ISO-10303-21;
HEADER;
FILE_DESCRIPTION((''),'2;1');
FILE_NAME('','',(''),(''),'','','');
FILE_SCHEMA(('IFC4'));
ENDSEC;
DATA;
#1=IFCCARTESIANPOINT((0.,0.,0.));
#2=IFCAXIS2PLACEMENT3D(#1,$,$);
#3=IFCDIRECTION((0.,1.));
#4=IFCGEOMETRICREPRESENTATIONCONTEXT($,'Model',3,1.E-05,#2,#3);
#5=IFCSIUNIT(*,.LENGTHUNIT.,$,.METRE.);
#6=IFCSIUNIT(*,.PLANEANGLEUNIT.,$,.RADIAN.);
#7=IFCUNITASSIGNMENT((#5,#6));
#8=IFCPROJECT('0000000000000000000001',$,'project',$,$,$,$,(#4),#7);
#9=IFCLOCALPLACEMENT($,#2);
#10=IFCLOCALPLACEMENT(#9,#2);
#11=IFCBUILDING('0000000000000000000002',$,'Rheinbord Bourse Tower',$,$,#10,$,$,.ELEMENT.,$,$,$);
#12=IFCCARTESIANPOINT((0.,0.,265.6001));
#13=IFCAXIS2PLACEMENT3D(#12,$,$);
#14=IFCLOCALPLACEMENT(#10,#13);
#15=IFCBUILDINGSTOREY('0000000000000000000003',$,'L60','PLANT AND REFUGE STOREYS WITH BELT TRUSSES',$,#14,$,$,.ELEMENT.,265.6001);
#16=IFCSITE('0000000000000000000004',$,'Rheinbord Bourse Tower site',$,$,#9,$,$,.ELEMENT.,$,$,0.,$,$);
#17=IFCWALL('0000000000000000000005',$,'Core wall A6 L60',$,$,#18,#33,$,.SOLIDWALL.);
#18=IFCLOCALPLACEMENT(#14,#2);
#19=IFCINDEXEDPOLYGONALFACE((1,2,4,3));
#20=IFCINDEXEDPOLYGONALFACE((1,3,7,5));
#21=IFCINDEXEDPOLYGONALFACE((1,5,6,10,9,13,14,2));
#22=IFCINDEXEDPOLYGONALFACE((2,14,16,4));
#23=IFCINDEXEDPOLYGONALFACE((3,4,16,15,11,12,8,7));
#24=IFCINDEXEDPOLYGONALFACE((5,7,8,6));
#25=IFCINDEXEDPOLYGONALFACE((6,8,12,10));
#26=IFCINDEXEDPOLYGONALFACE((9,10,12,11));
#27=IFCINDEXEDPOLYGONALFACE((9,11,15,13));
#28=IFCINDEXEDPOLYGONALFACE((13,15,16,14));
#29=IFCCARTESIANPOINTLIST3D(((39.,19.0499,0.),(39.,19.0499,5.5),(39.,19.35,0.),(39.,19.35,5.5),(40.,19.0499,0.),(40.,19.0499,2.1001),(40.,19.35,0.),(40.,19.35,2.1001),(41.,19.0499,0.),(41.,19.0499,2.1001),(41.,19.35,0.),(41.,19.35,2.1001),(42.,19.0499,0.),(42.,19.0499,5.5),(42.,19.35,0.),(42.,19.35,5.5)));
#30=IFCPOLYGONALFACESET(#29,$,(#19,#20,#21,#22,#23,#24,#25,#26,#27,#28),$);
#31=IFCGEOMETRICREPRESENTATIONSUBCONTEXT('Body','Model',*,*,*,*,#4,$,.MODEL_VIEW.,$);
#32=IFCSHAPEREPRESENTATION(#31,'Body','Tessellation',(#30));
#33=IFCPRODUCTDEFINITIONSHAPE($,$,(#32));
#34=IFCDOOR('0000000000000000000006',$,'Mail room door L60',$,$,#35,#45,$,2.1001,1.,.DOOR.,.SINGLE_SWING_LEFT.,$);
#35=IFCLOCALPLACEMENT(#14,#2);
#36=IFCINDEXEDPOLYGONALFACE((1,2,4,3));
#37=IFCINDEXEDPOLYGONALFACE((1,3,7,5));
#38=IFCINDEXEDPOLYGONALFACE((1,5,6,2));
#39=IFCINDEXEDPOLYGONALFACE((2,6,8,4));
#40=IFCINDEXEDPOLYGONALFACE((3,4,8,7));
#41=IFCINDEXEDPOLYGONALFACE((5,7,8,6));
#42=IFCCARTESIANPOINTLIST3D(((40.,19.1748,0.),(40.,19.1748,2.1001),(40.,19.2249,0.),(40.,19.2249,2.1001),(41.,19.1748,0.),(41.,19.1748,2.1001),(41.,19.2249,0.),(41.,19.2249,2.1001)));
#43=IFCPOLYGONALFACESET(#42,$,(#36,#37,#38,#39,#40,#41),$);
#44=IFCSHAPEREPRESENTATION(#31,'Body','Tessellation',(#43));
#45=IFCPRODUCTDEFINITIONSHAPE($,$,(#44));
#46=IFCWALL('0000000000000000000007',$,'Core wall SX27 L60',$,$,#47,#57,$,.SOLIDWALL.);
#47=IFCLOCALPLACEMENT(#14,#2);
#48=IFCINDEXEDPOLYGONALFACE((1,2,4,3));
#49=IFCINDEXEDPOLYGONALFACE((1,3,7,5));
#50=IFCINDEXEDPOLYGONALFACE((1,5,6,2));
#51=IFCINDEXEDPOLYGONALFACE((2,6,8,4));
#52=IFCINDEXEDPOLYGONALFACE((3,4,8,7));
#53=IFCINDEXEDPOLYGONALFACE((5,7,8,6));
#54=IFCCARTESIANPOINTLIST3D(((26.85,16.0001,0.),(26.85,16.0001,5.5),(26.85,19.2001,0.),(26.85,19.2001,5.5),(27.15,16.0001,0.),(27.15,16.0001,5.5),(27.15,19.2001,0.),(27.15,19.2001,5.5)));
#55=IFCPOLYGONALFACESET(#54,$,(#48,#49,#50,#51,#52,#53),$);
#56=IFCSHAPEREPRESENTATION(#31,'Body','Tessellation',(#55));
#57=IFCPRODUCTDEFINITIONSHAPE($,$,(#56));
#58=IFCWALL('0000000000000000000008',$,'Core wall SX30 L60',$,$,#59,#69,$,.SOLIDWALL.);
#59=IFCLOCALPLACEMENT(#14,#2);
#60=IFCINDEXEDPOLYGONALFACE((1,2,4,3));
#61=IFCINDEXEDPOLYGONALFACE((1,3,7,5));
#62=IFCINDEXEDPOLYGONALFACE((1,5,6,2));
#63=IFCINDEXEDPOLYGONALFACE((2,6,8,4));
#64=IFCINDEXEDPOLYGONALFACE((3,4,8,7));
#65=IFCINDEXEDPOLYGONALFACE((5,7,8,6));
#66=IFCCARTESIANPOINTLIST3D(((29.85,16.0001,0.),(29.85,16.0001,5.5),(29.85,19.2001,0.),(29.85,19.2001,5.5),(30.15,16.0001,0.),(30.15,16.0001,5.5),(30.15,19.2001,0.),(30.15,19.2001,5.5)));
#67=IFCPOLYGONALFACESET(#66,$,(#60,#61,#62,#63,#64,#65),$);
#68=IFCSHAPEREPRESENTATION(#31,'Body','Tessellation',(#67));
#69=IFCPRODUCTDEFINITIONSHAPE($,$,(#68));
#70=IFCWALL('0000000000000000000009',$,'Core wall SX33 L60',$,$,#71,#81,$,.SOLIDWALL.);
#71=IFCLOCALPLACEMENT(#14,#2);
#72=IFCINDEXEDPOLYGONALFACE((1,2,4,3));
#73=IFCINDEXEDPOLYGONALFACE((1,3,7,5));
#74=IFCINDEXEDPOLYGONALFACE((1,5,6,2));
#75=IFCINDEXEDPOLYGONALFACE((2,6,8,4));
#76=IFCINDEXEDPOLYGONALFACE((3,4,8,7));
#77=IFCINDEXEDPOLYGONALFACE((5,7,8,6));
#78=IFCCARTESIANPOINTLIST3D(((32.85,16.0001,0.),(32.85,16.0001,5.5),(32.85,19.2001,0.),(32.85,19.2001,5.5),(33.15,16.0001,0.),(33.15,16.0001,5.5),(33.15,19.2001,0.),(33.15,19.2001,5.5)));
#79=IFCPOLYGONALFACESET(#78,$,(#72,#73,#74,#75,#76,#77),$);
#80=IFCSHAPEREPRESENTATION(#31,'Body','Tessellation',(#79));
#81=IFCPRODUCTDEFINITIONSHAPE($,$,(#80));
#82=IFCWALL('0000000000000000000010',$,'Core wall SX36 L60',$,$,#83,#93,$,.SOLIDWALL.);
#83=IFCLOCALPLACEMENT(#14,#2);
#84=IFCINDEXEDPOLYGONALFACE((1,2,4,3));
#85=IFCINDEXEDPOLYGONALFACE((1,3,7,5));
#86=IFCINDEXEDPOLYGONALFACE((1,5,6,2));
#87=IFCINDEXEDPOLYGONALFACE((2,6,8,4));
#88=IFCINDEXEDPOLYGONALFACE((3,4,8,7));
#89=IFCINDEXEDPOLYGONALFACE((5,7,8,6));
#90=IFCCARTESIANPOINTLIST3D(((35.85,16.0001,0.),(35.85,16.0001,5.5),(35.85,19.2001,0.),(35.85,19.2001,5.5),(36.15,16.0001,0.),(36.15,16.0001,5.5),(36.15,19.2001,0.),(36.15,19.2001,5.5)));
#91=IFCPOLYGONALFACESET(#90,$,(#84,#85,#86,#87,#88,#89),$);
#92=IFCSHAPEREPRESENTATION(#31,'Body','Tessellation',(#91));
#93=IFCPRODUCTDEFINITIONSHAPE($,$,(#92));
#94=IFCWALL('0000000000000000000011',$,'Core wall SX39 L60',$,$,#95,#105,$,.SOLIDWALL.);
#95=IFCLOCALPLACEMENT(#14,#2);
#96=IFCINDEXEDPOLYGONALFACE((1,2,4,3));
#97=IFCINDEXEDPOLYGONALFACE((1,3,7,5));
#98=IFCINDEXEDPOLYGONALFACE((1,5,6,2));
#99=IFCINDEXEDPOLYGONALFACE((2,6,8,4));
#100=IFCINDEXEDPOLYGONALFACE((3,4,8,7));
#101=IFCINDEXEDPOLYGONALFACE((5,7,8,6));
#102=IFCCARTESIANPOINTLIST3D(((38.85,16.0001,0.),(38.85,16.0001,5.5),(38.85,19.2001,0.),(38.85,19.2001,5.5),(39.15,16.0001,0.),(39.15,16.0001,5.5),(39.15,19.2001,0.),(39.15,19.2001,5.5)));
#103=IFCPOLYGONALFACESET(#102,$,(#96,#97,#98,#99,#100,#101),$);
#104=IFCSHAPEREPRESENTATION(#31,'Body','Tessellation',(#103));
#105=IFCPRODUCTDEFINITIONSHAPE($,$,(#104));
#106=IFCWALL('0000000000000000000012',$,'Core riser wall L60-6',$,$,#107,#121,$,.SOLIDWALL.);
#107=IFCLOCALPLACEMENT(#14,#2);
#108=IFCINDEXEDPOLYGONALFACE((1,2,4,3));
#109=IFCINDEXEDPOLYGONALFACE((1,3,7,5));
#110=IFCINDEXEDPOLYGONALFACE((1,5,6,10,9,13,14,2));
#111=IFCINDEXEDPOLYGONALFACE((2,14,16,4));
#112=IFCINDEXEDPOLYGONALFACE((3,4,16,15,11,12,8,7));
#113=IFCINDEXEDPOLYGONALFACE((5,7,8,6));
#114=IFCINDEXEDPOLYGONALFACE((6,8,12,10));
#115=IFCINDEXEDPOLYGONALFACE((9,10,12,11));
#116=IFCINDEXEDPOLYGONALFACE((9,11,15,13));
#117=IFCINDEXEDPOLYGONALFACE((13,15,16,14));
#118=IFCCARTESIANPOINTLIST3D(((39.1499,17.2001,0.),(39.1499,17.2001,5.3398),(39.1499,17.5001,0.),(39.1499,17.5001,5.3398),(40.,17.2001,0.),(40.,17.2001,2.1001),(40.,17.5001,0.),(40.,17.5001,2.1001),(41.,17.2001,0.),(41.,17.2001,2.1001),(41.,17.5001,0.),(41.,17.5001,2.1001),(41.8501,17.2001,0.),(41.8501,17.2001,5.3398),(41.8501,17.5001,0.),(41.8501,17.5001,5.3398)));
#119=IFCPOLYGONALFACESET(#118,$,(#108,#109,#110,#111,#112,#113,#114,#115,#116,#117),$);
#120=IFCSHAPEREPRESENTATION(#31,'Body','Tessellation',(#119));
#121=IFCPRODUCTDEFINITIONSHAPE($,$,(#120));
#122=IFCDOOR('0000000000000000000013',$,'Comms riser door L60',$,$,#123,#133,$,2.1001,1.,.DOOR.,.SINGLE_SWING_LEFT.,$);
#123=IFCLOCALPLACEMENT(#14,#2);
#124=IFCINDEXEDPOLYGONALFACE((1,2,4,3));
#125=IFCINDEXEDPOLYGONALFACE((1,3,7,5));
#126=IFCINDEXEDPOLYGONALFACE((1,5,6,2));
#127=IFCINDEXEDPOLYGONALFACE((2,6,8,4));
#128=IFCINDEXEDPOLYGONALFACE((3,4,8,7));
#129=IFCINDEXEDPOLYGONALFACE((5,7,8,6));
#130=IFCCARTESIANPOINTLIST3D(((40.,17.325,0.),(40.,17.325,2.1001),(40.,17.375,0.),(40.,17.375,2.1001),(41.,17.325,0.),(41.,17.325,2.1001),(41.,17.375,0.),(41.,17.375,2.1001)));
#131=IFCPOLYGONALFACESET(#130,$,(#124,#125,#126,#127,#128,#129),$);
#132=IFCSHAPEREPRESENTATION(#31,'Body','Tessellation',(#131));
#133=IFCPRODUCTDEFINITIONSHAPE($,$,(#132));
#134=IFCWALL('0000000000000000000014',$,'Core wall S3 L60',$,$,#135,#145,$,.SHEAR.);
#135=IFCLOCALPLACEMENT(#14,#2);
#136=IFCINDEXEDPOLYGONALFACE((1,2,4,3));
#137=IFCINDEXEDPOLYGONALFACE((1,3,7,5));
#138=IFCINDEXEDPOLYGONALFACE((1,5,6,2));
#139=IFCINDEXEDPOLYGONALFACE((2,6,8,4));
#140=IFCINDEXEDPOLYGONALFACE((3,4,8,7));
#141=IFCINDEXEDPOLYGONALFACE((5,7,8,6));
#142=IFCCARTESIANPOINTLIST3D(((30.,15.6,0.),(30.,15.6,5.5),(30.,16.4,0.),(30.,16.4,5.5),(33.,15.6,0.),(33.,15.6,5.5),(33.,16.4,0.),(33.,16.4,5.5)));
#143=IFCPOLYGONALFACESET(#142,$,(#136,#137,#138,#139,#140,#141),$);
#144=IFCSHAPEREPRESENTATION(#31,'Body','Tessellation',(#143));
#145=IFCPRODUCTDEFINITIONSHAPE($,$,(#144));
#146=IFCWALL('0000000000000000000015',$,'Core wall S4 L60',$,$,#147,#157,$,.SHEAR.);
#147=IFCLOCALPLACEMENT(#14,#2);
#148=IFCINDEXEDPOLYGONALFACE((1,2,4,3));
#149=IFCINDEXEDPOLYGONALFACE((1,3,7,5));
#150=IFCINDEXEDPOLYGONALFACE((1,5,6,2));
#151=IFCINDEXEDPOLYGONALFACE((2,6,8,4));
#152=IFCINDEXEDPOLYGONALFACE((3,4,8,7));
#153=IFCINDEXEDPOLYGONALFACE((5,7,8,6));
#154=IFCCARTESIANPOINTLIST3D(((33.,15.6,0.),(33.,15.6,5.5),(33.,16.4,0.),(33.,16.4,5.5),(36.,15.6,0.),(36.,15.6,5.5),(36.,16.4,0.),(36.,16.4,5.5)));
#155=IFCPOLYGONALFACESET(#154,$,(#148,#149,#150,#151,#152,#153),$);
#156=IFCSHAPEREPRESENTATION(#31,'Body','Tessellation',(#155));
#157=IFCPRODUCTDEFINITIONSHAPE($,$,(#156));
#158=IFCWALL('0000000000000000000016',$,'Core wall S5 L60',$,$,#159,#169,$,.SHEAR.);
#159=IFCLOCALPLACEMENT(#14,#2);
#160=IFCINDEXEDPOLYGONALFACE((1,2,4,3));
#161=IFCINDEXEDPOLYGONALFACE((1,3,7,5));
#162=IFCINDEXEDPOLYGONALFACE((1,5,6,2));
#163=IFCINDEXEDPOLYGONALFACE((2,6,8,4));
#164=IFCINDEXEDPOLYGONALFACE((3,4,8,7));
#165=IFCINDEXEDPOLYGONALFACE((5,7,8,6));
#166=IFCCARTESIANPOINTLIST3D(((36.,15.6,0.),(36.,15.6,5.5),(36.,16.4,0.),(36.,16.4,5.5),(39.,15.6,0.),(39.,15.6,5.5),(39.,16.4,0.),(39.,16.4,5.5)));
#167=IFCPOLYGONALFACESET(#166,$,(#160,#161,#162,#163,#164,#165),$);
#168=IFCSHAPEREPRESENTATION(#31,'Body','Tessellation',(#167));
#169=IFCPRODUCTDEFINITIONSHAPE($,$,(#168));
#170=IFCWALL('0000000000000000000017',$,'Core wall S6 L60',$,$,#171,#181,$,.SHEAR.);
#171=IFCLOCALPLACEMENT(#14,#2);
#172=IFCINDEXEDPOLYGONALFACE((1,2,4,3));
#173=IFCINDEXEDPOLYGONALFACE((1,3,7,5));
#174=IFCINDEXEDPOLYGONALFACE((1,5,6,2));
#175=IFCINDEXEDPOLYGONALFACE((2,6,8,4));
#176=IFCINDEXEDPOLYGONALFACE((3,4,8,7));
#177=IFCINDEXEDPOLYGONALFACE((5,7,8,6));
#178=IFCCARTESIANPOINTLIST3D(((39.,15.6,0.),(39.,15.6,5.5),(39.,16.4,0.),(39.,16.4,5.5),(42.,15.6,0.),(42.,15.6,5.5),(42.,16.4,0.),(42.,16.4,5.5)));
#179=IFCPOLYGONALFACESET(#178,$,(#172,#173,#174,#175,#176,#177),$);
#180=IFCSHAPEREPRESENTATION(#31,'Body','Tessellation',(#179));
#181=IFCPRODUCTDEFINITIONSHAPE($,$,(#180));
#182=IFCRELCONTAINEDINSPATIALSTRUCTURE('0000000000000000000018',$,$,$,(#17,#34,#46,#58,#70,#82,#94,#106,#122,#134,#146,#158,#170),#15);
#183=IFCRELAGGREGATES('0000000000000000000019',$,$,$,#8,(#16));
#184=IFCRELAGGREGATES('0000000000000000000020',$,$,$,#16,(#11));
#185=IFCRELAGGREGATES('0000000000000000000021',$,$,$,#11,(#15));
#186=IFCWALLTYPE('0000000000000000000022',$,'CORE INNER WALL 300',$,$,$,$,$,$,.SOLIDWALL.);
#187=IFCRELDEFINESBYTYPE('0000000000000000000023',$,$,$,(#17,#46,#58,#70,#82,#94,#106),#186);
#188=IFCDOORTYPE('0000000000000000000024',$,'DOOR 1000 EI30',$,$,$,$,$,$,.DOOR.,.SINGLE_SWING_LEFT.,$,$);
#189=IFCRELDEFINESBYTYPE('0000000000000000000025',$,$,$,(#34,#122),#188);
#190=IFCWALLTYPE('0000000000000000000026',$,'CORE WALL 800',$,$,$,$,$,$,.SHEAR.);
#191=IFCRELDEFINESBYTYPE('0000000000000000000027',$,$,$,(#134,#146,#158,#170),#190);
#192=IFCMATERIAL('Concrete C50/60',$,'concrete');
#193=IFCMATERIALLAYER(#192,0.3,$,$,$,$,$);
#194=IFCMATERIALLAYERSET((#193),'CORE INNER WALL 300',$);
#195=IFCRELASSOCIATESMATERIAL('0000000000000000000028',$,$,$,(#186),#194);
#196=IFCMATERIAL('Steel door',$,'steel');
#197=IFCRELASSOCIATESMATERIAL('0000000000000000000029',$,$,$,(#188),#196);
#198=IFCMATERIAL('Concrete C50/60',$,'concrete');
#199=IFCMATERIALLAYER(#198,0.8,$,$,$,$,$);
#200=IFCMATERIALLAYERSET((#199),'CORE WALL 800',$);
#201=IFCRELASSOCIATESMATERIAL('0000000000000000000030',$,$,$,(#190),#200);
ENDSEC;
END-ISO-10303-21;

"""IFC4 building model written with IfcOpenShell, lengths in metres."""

from ifc_helpers import new_model, si_unit, direction, frame, frame_2d, origin, place, context, subcontext, project, spatial, rectangle, extrude, material, layer, layer_set, type_object, element, fill, save


model = new_model("IFC4")

# Units and contexts
model_context = context("Model", 3, precision=1e-05, world=origin(), true_north=direction((0.0, 1.0)))
body_context = subcontext(model_context, "Body", "Model", "MODEL_VIEW")
ifc_project = project(units=[si_unit("LENGTHUNIT", "METRE"), si_unit("PLANEANGLEUNIT", "RADIAN")], contexts=[model_context])

# Site, building, storey
site_placement = place(None, origin())
site = spatial("IfcSite", under=ifc_project, at=site_placement, Name="Rheinbord Bourse Tower site", CompositionType="ELEMENT", RefElevation=0.0)
building_placement = place(site_placement, origin())
building = spatial("IfcBuilding", under=site, at=building_placement, Name="Rheinbord Bourse Tower", CompositionType="ELEMENT")
storey_placement = place(building_placement, frame((0.0, 0.0, 265.6001)))
storey = spatial("IfcBuildingStorey", under=building, at=storey_placement, Name="L60", Description="PLANT AND REFUGE STOREYS WITH BELT TRUSSES", CompositionType="ELEMENT", Elevation=265.6001)

# Shared definitions
ifc_material_1 = material(Name="Concrete C50/60", Category="concrete")
ifc_layer_1 = layer(ifc_material_1, 0.3)
ifc_layer_set_1 = layer_set([ifc_layer_1], Name="CORE INNER WALL 300")
wall_type_1 = type_object("IfcWallType", Name="CORE INNER WALL 300", PredefinedType="SOLIDWALL", material=ifc_layer_set_1)

# Wall, opening, door
wall_1_placement = place(storey_placement, frame((39.0, 19.2, 0.0), z_axis=(0.0, 0.0, 1.0), x_axis=(1.0, 0.0, 0.0)))
wall_1 = element("IfcWall", 1, at=wall_1_placement, inside=storey, type_object=wall_type_1, Name="Core wall A6 L60", PredefinedType="SOLIDWALL", context=body_context, shape_type="SweptSolid", body=[
    extrude(rectangle(XDim=3.0, YDim=0.3, at=frame_2d((1.5, 0.0))), origin(), (0.0, 0.0, 1.0), 5.5),
])
opening_1_placement = place(wall_1_placement, frame((1.0, 0.0, 0.0)))
opening_1 = element("IfcOpeningElement", 2, at=opening_1_placement, cuts=wall_1, PredefinedType="OPENING", context=body_context, shape_type="SweptSolid", body=[
    extrude(rectangle(XDim=1.0, YDim=2.1001, at=frame_2d((0.5, 1.05))), frame((0.0, 0.1599, 0.0), z_axis=(0.0, -1.0, 0.0), x_axis=(1.0, 0.0, 0.0)), (0.0, 0.0, 1.0), 0.3201),
])
ifc_material_2 = material(Name="Steel door", Category="steel")
door_type_1 = type_object("IfcDoorType", Name="DOOR 1000 EI30", OperationType="SINGLE_SWING_LEFT", PredefinedType="DOOR", material=ifc_material_2)
door_1_placement = place(opening_1_placement, origin())
door_1 = element("IfcDoor", 3, at=door_1_placement, inside=storey, type_object=door_type_1, Name="Mail room door L60", OperationType="SINGLE_SWING_LEFT", OverallHeight=2.1001, OverallWidth=1.0, PredefinedType="DOOR", context=body_context, shape_type="SweptSolid", body=[
    extrude(rectangle(XDim=1.0, YDim=2.1001, at=frame_2d((0.5, 1.05))), frame((0.0, 0.0249, 0.0), z_axis=(0.0, -1.0, 0.0), x_axis=(1.0, 0.0, 0.0)), (0.0, 0.0, 1.0), 0.05),
])
fill(opening_1, door_1)

# Walls
for number, where, z_axis, x_axis, name in (
    (4, (27.0, 16.0, 0.0), (0.0, 0.0, 1.0), (0.0, 1.0, 0.0), "Core wall SX27 L60"),
    (5, (30.0, 16.0, 0.0), (0.0, 0.0, 1.0), (0.0, 1.0, 0.0), "Core wall SX30 L60"),
    (6, (33.0, 16.0, 0.0), (0.0, 0.0, 1.0), (0.0, 1.0, 0.0), "Core wall SX33 L60"),
    (7, (36.0, 16.0, 0.0), (0.0, 0.0, 1.0), (0.0, 1.0, 0.0), "Core wall SX36 L60"),
    (8, (39.0, 16.0, 0.0), (0.0, 0.0, 1.0), (0.0, 1.0, 0.0), "Core wall SX39 L60"),
):
    element("IfcWall", number, at=place(storey_placement, frame(where, z_axis=z_axis, x_axis=x_axis)), inside=storey, type_object=wall_type_1, Name=name, PredefinedType="SOLIDWALL", context=body_context, shape_type="SweptSolid", body=[
        extrude(rectangle(XDim=3.2, YDim=0.3, at=frame_2d((1.6001, 0.0))), origin(), (0.0, 0.0, 1.0), 5.5),
    ])

# Wall, opening, door
wall_2_placement = place(storey_placement, frame((39.1499, 17.3501, 0.0), z_axis=(0.0, 0.0, 1.0), x_axis=(1.0, 0.0, 0.0)))
wall_2 = element("IfcWall", 9, at=wall_2_placement, inside=storey, type_object=wall_type_1, Name="Core riser wall L60-6", PredefinedType="SOLIDWALL", context=body_context, shape_type="SweptSolid", body=[
    extrude(rectangle(XDim=2.7002, YDim=0.3, at=frame_2d((1.3501, 0.0))), origin(), (0.0, 0.0, 1.0), 5.3398),
])
opening_2_placement = place(wall_2_placement, frame((0.8501, 0.0, 0.0)))
opening_2 = element("IfcOpeningElement", 10, at=opening_2_placement, cuts=wall_2, PredefinedType="OPENING", context=body_context, shape_type="SweptSolid", body=[
    extrude(rectangle(XDim=1.0, YDim=2.1001, at=frame_2d((0.5, 1.05))), frame((0.0, 0.1599, 0.0), z_axis=(0.0, -1.0, 0.0), x_axis=(1.0, 0.0, 0.0)), (0.0, 0.0, 1.0), 0.3201),
])
door_2_placement = place(opening_2_placement, origin())
door_2 = element("IfcDoor", 11, at=door_2_placement, inside=storey, type_object=door_type_1, Name="Comms riser door L60", OperationType="SINGLE_SWING_LEFT", OverallHeight=2.1001, OverallWidth=1.0, PredefinedType="DOOR", context=body_context, shape_type="SweptSolid", body=[
    extrude(rectangle(XDim=1.0, YDim=2.1001, at=frame_2d((0.5, 1.05))), frame((0.0, 0.0249, 0.0), z_axis=(0.0, -1.0, 0.0), x_axis=(1.0, 0.0, 0.0)), (0.0, 0.0, 1.0), 0.05),
])
fill(opening_2, door_2)

# Walls
ifc_material_3 = material(Name="Concrete C50/60", Category="concrete")
ifc_layer_2 = layer(ifc_material_3, 0.8)
ifc_layer_set_2 = layer_set([ifc_layer_2], Name="CORE WALL 800")
wall_type_2 = type_object("IfcWallType", Name="CORE WALL 800", PredefinedType="SHEAR", material=ifc_layer_set_2)
for number, where, z_axis, x_axis, name in (
    (12, (30.0, 16.0, 0.0), (0.0, 0.0, 1.0), (1.0, 0.0, 0.0), "Core wall S3 L60"),
    (13, (33.0, 16.0, 0.0), (0.0, 0.0, 1.0), (1.0, 0.0, 0.0), "Core wall S4 L60"),
    (14, (36.0, 16.0, 0.0), (0.0, 0.0, 1.0), (1.0, 0.0, 0.0), "Core wall S5 L60"),
    (15, (39.0, 16.0, 0.0), (0.0, 0.0, 1.0), (1.0, 0.0, 0.0), "Core wall S6 L60"),
):
    element("IfcWall", number, at=place(storey_placement, frame(where, z_axis=z_axis, x_axis=x_axis)), inside=storey, type_object=wall_type_2, Name=name, PredefinedType="SHEAR", context=body_context, shape_type="SweptSolid", body=[
        extrude(rectangle(XDim=3.0, YDim=0.8, at=frame_2d((1.5, 0.0))), origin(), (0.0, 0.0, 1.0), 5.5),
    ])

save(model, "model.ifc")
